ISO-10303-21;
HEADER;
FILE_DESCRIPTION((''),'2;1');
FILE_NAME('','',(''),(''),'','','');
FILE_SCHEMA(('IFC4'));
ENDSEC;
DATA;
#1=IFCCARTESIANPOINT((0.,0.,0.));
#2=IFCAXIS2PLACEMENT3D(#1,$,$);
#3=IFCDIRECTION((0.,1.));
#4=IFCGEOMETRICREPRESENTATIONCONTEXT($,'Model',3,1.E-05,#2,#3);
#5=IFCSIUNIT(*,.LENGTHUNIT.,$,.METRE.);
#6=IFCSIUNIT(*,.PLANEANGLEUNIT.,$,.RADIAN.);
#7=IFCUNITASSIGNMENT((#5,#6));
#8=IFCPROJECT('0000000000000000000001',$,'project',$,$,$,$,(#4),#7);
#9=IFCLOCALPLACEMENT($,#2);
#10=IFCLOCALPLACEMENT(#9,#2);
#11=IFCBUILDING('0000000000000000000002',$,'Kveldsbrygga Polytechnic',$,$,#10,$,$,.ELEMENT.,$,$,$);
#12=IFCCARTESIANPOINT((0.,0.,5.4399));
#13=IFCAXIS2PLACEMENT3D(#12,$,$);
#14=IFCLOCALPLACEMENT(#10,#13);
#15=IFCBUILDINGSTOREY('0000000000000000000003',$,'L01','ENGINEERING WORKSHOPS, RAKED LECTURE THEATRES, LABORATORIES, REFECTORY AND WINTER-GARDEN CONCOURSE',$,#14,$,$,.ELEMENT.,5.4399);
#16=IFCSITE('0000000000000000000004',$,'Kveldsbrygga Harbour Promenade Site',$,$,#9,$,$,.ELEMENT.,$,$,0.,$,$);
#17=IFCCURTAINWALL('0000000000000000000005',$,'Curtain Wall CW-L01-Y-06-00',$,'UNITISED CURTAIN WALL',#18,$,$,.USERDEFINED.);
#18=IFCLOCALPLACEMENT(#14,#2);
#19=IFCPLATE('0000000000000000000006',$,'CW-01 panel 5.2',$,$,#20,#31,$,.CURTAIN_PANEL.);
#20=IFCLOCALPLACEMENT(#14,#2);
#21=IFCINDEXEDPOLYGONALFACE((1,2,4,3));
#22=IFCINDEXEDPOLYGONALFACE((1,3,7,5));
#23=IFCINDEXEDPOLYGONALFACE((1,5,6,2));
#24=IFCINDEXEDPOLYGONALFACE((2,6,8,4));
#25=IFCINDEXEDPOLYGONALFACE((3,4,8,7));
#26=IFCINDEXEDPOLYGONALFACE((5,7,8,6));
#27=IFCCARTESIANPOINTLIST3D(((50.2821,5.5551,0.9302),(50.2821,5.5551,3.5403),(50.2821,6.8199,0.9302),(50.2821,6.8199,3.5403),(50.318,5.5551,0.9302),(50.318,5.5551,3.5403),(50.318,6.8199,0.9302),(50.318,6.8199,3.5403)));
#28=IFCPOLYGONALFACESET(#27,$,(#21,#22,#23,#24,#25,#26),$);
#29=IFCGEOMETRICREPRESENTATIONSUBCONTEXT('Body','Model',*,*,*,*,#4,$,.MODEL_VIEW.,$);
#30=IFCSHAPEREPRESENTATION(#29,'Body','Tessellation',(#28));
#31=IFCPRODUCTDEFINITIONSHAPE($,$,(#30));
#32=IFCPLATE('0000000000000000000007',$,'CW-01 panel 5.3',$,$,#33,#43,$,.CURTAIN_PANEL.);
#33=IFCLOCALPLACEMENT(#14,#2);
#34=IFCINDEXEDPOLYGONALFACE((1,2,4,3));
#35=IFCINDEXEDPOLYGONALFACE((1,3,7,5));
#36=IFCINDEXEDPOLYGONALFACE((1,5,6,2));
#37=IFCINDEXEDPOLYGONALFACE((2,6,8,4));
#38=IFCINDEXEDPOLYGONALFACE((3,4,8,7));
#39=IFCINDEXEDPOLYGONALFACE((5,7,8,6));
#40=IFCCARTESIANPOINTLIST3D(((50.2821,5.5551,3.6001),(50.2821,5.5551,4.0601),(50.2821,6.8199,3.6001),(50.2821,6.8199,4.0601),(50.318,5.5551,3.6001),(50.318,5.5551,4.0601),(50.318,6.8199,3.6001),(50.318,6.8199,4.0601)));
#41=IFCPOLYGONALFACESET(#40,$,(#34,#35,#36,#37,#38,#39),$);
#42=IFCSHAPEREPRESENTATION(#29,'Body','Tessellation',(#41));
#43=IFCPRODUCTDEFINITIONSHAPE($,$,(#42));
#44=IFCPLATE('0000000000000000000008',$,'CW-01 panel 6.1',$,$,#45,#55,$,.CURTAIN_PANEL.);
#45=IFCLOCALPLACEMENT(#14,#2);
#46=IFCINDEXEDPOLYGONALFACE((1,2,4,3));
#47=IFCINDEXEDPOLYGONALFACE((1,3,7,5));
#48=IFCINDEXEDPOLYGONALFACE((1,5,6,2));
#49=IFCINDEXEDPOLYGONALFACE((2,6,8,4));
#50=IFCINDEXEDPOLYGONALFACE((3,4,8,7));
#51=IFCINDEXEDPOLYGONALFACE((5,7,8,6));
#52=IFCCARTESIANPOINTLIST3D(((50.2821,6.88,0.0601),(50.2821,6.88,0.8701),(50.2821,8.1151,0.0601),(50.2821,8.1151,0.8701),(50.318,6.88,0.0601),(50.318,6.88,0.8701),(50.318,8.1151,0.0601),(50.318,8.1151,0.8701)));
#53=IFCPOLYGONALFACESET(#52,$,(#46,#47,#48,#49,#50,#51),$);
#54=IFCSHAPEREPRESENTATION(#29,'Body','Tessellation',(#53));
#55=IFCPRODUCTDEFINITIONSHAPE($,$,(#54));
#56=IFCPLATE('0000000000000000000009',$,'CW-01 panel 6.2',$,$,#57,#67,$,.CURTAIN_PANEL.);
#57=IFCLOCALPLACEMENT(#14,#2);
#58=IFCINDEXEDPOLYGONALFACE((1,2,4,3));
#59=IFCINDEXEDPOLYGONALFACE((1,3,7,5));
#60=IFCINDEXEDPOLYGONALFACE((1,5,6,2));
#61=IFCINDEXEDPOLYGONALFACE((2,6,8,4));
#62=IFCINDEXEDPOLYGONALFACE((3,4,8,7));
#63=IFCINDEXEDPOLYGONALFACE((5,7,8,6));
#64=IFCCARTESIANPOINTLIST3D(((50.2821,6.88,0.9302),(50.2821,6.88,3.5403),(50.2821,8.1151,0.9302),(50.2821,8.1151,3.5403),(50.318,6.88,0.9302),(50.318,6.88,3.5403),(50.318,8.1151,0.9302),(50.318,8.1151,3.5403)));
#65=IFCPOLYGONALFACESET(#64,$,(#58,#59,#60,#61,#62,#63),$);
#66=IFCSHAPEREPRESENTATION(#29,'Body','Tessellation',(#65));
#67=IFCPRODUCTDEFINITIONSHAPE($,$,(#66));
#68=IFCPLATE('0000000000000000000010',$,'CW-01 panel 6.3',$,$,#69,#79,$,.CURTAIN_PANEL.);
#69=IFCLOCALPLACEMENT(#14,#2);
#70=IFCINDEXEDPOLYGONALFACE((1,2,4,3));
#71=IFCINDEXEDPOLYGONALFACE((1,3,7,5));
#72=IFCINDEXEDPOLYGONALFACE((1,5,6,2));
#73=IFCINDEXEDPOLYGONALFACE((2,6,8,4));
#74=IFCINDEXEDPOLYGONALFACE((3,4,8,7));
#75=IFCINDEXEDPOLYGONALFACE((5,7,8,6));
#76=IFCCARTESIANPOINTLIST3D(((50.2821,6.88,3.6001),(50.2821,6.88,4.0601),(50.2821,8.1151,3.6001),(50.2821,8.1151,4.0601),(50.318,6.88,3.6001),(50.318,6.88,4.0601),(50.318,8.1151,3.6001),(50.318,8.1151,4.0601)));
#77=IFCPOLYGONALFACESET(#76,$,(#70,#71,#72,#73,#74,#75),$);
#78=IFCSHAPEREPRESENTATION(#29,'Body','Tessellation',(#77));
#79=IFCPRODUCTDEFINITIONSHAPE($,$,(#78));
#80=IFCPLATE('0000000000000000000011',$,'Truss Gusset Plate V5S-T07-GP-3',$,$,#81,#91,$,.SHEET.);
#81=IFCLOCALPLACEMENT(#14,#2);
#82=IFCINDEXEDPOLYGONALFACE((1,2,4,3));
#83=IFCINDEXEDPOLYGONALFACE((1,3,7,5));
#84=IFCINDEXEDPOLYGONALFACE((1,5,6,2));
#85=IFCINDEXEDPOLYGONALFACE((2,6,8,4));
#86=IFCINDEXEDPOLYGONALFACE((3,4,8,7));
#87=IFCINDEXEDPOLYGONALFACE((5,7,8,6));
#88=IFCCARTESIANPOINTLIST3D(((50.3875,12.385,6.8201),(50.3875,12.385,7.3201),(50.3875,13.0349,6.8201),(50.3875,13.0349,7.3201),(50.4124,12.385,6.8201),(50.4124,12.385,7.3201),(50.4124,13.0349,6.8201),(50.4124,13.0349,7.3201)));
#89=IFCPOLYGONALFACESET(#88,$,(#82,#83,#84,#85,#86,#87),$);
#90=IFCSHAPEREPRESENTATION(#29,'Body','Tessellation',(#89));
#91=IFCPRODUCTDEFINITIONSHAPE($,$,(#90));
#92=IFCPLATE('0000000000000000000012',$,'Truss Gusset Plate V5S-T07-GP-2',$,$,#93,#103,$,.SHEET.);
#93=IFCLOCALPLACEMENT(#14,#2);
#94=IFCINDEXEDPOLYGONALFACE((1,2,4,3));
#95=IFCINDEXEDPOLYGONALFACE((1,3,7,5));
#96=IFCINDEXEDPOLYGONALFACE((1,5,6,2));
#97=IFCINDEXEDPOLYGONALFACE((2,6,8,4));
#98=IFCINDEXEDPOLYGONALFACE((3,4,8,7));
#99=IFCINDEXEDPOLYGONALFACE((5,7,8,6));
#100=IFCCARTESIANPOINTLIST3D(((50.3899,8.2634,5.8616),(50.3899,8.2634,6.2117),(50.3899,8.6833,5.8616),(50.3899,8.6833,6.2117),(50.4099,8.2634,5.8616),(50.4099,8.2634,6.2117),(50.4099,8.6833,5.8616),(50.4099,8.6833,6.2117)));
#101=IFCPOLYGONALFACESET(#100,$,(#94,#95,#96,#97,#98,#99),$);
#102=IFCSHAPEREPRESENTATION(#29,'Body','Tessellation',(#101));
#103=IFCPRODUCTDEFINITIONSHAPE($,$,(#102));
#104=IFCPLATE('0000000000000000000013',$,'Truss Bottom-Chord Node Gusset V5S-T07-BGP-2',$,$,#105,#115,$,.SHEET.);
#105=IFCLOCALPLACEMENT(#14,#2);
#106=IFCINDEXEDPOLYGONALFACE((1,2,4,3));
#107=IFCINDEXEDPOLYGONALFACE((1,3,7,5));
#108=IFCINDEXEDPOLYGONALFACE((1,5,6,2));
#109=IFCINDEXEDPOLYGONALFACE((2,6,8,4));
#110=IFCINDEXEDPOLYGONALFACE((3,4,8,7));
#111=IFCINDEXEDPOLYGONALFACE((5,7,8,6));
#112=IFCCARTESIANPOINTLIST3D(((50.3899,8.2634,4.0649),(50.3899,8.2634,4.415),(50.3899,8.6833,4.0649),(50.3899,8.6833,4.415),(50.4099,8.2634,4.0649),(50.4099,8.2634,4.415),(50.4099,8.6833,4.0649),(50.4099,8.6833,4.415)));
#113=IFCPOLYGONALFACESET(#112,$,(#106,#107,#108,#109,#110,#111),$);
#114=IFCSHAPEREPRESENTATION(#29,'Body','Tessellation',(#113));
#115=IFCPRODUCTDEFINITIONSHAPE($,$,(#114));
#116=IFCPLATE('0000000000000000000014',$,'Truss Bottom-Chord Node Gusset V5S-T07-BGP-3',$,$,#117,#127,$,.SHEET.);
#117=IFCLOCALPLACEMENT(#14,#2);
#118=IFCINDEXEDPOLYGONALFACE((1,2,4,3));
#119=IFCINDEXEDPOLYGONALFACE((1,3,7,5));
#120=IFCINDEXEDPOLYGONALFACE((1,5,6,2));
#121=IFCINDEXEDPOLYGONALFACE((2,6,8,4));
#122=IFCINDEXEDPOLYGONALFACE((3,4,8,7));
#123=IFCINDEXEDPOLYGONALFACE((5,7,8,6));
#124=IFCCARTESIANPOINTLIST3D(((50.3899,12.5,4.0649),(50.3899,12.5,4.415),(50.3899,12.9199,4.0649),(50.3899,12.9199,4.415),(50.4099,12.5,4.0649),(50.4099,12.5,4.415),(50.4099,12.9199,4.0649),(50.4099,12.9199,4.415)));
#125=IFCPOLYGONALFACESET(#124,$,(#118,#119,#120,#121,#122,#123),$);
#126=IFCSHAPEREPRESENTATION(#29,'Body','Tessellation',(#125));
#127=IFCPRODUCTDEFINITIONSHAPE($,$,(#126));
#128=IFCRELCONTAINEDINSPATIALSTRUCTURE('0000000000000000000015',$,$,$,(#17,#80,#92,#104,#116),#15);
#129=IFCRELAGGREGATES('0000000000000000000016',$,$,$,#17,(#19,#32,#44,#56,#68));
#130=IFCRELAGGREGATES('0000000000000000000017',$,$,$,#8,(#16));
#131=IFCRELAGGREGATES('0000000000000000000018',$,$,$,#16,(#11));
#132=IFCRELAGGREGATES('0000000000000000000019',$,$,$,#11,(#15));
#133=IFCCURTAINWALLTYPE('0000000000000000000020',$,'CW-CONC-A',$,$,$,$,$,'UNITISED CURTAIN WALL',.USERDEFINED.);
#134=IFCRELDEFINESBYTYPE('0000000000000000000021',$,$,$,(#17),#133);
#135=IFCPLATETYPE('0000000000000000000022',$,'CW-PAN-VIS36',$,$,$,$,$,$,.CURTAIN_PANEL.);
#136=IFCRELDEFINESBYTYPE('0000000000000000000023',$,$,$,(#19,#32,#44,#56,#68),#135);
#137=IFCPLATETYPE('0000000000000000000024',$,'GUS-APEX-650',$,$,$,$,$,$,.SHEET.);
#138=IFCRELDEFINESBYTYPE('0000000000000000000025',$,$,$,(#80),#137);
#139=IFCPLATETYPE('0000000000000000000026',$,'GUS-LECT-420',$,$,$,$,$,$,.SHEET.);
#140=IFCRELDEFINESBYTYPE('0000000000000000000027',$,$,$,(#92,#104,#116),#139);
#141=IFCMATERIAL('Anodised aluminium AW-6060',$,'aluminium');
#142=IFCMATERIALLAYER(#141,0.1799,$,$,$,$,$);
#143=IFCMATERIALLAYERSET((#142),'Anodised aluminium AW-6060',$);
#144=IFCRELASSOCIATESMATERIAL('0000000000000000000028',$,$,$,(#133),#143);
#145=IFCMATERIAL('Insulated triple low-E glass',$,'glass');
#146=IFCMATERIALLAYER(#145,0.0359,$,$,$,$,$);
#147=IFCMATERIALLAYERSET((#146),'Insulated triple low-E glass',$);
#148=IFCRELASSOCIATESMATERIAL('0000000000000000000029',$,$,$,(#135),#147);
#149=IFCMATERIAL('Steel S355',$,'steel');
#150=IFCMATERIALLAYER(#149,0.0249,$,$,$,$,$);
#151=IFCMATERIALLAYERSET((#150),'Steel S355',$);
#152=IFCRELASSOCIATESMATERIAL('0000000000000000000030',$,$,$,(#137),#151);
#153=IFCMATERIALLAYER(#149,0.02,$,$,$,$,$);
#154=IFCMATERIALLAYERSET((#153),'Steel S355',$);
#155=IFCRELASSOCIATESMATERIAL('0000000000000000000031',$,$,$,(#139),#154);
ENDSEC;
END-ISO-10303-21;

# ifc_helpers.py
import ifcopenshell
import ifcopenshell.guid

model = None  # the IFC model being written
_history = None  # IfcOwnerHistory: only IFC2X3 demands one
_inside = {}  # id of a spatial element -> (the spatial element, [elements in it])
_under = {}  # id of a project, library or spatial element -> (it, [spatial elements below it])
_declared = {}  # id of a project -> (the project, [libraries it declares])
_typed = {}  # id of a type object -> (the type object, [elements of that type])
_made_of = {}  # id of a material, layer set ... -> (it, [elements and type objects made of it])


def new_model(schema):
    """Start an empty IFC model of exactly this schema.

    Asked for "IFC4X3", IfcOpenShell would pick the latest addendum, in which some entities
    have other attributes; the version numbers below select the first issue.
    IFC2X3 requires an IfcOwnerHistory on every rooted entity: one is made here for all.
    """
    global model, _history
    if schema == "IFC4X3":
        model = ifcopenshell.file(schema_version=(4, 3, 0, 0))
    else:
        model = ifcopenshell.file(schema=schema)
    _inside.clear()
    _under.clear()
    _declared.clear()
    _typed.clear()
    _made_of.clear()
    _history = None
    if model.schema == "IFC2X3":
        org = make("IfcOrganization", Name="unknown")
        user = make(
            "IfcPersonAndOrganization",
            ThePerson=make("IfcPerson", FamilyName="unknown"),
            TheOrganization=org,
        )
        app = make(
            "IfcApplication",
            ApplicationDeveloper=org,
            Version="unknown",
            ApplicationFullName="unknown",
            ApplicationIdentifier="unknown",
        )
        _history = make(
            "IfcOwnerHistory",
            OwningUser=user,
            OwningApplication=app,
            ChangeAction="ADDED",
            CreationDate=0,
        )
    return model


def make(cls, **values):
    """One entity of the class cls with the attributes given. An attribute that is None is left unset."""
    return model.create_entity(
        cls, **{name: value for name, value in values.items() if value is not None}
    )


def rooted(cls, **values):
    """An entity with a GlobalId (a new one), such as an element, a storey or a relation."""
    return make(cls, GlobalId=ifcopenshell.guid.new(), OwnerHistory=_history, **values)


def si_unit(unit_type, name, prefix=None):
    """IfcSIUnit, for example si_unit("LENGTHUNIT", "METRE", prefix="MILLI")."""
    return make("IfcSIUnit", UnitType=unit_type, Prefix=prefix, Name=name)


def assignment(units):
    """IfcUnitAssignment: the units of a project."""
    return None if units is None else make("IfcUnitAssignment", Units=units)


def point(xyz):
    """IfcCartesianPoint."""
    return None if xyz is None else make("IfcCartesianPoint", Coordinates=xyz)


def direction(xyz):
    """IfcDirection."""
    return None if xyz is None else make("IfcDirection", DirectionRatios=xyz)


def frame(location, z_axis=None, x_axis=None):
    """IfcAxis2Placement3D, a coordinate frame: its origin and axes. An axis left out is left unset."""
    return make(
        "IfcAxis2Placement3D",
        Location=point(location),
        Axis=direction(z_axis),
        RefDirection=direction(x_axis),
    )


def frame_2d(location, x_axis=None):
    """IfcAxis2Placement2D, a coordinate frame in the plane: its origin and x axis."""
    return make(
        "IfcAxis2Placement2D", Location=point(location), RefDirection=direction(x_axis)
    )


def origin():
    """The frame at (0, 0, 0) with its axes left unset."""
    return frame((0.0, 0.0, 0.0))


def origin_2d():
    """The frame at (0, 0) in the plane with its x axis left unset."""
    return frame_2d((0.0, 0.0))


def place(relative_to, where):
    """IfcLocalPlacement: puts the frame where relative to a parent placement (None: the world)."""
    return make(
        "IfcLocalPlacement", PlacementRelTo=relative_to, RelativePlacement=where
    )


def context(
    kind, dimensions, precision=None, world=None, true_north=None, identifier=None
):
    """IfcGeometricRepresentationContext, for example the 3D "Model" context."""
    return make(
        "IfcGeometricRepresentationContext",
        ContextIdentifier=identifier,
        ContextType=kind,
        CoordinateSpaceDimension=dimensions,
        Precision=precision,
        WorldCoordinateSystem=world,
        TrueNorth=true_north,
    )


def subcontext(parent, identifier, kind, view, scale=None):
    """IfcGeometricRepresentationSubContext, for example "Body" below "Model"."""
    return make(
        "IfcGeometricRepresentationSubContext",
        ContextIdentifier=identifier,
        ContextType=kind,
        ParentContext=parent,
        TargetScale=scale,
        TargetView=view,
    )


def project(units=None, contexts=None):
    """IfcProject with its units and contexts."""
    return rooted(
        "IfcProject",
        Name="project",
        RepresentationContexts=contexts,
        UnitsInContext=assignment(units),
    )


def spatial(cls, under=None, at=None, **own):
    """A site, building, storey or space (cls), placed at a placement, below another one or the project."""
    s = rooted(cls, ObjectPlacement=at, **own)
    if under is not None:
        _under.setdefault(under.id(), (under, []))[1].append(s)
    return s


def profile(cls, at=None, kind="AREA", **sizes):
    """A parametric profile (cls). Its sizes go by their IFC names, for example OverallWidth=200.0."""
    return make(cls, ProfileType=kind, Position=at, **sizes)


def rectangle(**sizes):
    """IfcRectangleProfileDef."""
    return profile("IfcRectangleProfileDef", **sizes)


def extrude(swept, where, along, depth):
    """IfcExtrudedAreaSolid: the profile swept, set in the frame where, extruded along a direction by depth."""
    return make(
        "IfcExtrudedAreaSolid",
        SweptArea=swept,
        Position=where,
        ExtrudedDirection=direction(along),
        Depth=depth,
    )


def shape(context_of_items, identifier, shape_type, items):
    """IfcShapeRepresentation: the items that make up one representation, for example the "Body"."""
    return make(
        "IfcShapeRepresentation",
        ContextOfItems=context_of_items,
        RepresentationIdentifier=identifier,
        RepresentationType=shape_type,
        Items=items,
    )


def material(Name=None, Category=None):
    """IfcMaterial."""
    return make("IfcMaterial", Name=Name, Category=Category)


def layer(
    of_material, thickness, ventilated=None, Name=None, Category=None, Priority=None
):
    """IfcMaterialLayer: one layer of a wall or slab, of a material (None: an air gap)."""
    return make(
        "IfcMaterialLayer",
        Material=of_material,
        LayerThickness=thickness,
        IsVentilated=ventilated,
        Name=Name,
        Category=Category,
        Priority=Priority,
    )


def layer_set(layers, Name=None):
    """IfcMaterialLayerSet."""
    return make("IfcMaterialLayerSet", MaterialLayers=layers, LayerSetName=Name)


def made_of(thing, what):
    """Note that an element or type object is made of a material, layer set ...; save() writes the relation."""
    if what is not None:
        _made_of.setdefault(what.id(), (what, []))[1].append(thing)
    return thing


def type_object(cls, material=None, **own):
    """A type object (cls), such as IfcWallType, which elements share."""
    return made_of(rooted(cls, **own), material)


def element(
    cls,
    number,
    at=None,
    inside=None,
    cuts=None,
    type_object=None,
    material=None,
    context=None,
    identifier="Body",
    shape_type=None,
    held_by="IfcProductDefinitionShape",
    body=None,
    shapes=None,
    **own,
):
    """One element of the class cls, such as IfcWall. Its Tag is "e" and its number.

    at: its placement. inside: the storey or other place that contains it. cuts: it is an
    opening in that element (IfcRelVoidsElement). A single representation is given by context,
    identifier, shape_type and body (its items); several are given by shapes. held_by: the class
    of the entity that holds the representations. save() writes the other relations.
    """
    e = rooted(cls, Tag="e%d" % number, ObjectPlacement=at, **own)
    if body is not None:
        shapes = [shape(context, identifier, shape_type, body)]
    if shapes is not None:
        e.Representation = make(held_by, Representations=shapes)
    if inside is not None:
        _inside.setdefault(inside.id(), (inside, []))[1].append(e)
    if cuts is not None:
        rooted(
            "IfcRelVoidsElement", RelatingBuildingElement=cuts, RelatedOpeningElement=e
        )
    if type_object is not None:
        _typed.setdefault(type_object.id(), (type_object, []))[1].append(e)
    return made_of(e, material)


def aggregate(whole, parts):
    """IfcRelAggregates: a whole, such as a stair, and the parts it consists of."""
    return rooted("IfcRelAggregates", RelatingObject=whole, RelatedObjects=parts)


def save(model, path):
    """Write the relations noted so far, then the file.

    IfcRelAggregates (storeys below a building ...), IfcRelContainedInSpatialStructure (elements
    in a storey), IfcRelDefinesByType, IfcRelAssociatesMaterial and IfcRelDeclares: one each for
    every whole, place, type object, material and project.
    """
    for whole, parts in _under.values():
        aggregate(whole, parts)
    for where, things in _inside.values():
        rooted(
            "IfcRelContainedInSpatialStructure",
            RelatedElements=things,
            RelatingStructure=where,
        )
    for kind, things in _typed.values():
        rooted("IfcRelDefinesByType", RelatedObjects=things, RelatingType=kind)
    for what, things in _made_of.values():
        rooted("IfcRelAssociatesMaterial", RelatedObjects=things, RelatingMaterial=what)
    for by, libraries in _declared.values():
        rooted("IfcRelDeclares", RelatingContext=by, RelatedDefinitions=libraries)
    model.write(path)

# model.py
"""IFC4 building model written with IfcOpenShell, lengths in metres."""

from ifc_helpers import new_model, si_unit, direction, frame, origin, origin_2d, place, context, subcontext, project, spatial, rectangle, extrude, material, layer, layer_set, type_object, element, aggregate, save


model = new_model("IFC4")

# Units and contexts
model_context = context("Model", 3, precision=1e-05, world=origin(), true_north=direction((0.0, 1.0)))
body_context = subcontext(model_context, "Body", "Model", "MODEL_VIEW")
ifc_project = project(units=[si_unit("LENGTHUNIT", "METRE"), si_unit("PLANEANGLEUNIT", "RADIAN")], contexts=[model_context])

# Site, building, storey
site_placement = place(None, origin())
site = spatial("IfcSite", under=ifc_project, at=site_placement, Name="Kveldsbrygga Harbour Promenade Site", CompositionType="ELEMENT", RefElevation=0.0)
building_placement = place(site_placement, origin())
building = spatial("IfcBuilding", under=site, at=building_placement, Name="Kveldsbrygga Polytechnic", CompositionType="ELEMENT")
storey_placement = place(building_placement, frame((0.0, 0.0, 5.4399)))
storey = spatial("IfcBuildingStorey", under=building, at=storey_placement, Name="L01", Description="ENGINEERING WORKSHOPS, RAKED LECTURE THEATRES, LABORATORIES, REFECTORY AND WINTER-GARDEN CONCOURSE", CompositionType="ELEMENT", Elevation=5.4399)

# Shared definitions
ifc_material_1 = material(Name="Steel S355", Category="steel")

# Curtain wall
ifc_material_2 = material(Name="Anodised aluminium AW-6060", Category="aluminium")
ifc_layer_1 = layer(ifc_material_2, 0.1799)
ifc_layer_set_1 = layer_set([ifc_layer_1], Name="Anodised aluminium AW-6060")
curtain_wall_type = type_object("IfcCurtainWallType", Name="CW-CONC-A", ElementType="UNITISED CURTAIN WALL", PredefinedType="USERDEFINED", material=ifc_layer_set_1)
curtain_wall_placement = place(storey_placement, origin())
curtain_wall = element("IfcCurtainWall", 1, at=curtain_wall_placement, inside=storey, type_object=curtain_wall_type, Name="Curtain Wall CW-L01-Y-06-00", ObjectType="UNITISED CURTAIN WALL", PredefinedType="USERDEFINED")

# Plates
ifc_material_3 = material(Name="Insulated triple low-E glass", Category="glass")
ifc_layer_2 = layer(ifc_material_3, 0.0359)
ifc_layer_set_2 = layer_set([ifc_layer_2], Name="Insulated triple low-E glass")
plate_type_1 = type_object("IfcPlateType", Name="CW-PAN-VIS36", PredefinedType="CURTAIN_PANEL", material=ifc_layer_set_2)
plate_1_placement = place(storey_placement, frame((50.3, 6.1875, 0.9302), z_axis=(0.0, 0.0, 1.0), x_axis=(0.0, 1.0, 0.0)))
plate_1 = element("IfcPlate", 2, at=plate_1_placement, type_object=plate_type_1, Name="CW-01 panel 5.2", PredefinedType="CURTAIN_PANEL", context=body_context, shape_type="SweptSolid", body=[
    extrude(rectangle(XDim=1.2649, YDim=0.0359, at=origin_2d()), origin(), (0.0, 0.0, 1.0), 2.6101),
])
plate_2_placement = place(storey_placement, frame((50.3, 6.1875, 3.6001), z_axis=(0.0, 0.0, 1.0), x_axis=(0.0, 1.0, 0.0)))
plate_2 = element("IfcPlate", 3, at=plate_2_placement, type_object=plate_type_1, Name="CW-01 panel 5.3", PredefinedType="CURTAIN_PANEL", context=body_context, shape_type="SweptSolid", body=[
    extrude(rectangle(XDim=1.2649, YDim=0.0359, at=origin_2d()), origin(), (0.0, 0.0, 1.0), 0.46),
])
plate_3_placement = place(storey_placement, frame((50.3, 7.4976, 0.0601), z_axis=(0.0, 0.0, 1.0), x_axis=(0.0, 1.0, 0.0)))
plate_3 = element("IfcPlate", 4, at=plate_3_placement, type_object=plate_type_1, Name="CW-01 panel 6.1", PredefinedType="CURTAIN_PANEL", context=body_context, shape_type="SweptSolid", body=[
    extrude(rectangle(XDim=1.2351, YDim=0.0359, at=origin_2d()), origin(), (0.0, 0.0, 1.0), 0.8101),
])
plate_4_placement = place(storey_placement, frame((50.3, 7.4976, 0.9302), z_axis=(0.0, 0.0, 1.0), x_axis=(0.0, 1.0, 0.0)))
plate_4 = element("IfcPlate", 5, at=plate_4_placement, type_object=plate_type_1, Name="CW-01 panel 6.2", PredefinedType="CURTAIN_PANEL", context=body_context, shape_type="SweptSolid", body=[
    extrude(rectangle(XDim=1.2351, YDim=0.0359, at=origin_2d()), origin(), (0.0, 0.0, 1.0), 2.6101),
])
plate_5_placement = place(storey_placement, frame((50.3, 7.4976, 3.6001), z_axis=(0.0, 0.0, 1.0), x_axis=(0.0, 1.0, 0.0)))
plate_5 = element("IfcPlate", 6, at=plate_5_placement, type_object=plate_type_1, Name="CW-01 panel 6.3", PredefinedType="CURTAIN_PANEL", context=body_context, shape_type="SweptSolid", body=[
    extrude(rectangle(XDim=1.2351, YDim=0.0359, at=origin_2d()), origin(), (0.0, 0.0, 1.0), 0.46),
])
aggregate(curtain_wall, [plate_1, plate_2, plate_3, plate_4, plate_5])

# Plates
ifc_layer_3 = layer(ifc_material_1, 0.0249)
ifc_layer_set_3 = layer_set([ifc_layer_3], Name="Steel S355")
plate_type_2 = type_object("IfcPlateType", Name="GUS-APEX-650", PredefinedType="SHEET", material=ifc_layer_set_3)
plate_6_placement = place(storey_placement, frame((50.3999, 12.71, 6.8201), z_axis=(0.0, 0.0, 1.0), x_axis=(1.0, 0.0, 0.0)))
element("IfcPlate", 7, at=plate_6_placement, inside=storey, type_object=plate_type_2, Name="Truss Gusset Plate V5S-T07-GP-3", PredefinedType="SHEET", context=body_context, shape_type="SweptSolid", body=[
    extrude(rectangle(XDim=0.0249, YDim=0.6499, at=origin_2d()), origin(), (0.0, 0.0, 1.0), 0.5),
])
ifc_layer_4 = layer(ifc_material_1, 0.02)
ifc_layer_set_4 = layer_set([ifc_layer_4], Name="Steel S355")
plate_type_3 = type_object("IfcPlateType", Name="GUS-LECT-420", PredefinedType="SHEET", material=ifc_layer_set_4)
for number, where, z_axis, x_axis, name in (
    (8, (50.3999, 8.4734, 5.8616), (0.0, 0.0, 1.0), (1.0, 0.0, 0.0), "Truss Gusset Plate V5S-T07-GP-2"),
    (9, (50.3999, 8.4734, 4.0649), (0.0, 0.0, 1.0), (1.0, 0.0, 0.0), "Truss Bottom-Chord Node Gusset V5S-T07-BGP-2"),
    (10, (50.3999, 12.71, 4.0649), (0.0, 0.0, 1.0), (1.0, 0.0, 0.0), "Truss Bottom-Chord Node Gusset V5S-T07-BGP-3"),
):
    element("IfcPlate", number, at=place(storey_placement, frame(where, z_axis=z_axis, x_axis=x_axis)), inside=storey, type_object=plate_type_3, Name=name, PredefinedType="SHEET", context=body_context, shape_type="SweptSolid", body=[
        extrude(rectangle(XDim=0.02, YDim=0.4199, at=origin_2d()), origin(), (0.0, 0.0, 1.0), 0.3501),
    ])

save(model, "model.ifc")
